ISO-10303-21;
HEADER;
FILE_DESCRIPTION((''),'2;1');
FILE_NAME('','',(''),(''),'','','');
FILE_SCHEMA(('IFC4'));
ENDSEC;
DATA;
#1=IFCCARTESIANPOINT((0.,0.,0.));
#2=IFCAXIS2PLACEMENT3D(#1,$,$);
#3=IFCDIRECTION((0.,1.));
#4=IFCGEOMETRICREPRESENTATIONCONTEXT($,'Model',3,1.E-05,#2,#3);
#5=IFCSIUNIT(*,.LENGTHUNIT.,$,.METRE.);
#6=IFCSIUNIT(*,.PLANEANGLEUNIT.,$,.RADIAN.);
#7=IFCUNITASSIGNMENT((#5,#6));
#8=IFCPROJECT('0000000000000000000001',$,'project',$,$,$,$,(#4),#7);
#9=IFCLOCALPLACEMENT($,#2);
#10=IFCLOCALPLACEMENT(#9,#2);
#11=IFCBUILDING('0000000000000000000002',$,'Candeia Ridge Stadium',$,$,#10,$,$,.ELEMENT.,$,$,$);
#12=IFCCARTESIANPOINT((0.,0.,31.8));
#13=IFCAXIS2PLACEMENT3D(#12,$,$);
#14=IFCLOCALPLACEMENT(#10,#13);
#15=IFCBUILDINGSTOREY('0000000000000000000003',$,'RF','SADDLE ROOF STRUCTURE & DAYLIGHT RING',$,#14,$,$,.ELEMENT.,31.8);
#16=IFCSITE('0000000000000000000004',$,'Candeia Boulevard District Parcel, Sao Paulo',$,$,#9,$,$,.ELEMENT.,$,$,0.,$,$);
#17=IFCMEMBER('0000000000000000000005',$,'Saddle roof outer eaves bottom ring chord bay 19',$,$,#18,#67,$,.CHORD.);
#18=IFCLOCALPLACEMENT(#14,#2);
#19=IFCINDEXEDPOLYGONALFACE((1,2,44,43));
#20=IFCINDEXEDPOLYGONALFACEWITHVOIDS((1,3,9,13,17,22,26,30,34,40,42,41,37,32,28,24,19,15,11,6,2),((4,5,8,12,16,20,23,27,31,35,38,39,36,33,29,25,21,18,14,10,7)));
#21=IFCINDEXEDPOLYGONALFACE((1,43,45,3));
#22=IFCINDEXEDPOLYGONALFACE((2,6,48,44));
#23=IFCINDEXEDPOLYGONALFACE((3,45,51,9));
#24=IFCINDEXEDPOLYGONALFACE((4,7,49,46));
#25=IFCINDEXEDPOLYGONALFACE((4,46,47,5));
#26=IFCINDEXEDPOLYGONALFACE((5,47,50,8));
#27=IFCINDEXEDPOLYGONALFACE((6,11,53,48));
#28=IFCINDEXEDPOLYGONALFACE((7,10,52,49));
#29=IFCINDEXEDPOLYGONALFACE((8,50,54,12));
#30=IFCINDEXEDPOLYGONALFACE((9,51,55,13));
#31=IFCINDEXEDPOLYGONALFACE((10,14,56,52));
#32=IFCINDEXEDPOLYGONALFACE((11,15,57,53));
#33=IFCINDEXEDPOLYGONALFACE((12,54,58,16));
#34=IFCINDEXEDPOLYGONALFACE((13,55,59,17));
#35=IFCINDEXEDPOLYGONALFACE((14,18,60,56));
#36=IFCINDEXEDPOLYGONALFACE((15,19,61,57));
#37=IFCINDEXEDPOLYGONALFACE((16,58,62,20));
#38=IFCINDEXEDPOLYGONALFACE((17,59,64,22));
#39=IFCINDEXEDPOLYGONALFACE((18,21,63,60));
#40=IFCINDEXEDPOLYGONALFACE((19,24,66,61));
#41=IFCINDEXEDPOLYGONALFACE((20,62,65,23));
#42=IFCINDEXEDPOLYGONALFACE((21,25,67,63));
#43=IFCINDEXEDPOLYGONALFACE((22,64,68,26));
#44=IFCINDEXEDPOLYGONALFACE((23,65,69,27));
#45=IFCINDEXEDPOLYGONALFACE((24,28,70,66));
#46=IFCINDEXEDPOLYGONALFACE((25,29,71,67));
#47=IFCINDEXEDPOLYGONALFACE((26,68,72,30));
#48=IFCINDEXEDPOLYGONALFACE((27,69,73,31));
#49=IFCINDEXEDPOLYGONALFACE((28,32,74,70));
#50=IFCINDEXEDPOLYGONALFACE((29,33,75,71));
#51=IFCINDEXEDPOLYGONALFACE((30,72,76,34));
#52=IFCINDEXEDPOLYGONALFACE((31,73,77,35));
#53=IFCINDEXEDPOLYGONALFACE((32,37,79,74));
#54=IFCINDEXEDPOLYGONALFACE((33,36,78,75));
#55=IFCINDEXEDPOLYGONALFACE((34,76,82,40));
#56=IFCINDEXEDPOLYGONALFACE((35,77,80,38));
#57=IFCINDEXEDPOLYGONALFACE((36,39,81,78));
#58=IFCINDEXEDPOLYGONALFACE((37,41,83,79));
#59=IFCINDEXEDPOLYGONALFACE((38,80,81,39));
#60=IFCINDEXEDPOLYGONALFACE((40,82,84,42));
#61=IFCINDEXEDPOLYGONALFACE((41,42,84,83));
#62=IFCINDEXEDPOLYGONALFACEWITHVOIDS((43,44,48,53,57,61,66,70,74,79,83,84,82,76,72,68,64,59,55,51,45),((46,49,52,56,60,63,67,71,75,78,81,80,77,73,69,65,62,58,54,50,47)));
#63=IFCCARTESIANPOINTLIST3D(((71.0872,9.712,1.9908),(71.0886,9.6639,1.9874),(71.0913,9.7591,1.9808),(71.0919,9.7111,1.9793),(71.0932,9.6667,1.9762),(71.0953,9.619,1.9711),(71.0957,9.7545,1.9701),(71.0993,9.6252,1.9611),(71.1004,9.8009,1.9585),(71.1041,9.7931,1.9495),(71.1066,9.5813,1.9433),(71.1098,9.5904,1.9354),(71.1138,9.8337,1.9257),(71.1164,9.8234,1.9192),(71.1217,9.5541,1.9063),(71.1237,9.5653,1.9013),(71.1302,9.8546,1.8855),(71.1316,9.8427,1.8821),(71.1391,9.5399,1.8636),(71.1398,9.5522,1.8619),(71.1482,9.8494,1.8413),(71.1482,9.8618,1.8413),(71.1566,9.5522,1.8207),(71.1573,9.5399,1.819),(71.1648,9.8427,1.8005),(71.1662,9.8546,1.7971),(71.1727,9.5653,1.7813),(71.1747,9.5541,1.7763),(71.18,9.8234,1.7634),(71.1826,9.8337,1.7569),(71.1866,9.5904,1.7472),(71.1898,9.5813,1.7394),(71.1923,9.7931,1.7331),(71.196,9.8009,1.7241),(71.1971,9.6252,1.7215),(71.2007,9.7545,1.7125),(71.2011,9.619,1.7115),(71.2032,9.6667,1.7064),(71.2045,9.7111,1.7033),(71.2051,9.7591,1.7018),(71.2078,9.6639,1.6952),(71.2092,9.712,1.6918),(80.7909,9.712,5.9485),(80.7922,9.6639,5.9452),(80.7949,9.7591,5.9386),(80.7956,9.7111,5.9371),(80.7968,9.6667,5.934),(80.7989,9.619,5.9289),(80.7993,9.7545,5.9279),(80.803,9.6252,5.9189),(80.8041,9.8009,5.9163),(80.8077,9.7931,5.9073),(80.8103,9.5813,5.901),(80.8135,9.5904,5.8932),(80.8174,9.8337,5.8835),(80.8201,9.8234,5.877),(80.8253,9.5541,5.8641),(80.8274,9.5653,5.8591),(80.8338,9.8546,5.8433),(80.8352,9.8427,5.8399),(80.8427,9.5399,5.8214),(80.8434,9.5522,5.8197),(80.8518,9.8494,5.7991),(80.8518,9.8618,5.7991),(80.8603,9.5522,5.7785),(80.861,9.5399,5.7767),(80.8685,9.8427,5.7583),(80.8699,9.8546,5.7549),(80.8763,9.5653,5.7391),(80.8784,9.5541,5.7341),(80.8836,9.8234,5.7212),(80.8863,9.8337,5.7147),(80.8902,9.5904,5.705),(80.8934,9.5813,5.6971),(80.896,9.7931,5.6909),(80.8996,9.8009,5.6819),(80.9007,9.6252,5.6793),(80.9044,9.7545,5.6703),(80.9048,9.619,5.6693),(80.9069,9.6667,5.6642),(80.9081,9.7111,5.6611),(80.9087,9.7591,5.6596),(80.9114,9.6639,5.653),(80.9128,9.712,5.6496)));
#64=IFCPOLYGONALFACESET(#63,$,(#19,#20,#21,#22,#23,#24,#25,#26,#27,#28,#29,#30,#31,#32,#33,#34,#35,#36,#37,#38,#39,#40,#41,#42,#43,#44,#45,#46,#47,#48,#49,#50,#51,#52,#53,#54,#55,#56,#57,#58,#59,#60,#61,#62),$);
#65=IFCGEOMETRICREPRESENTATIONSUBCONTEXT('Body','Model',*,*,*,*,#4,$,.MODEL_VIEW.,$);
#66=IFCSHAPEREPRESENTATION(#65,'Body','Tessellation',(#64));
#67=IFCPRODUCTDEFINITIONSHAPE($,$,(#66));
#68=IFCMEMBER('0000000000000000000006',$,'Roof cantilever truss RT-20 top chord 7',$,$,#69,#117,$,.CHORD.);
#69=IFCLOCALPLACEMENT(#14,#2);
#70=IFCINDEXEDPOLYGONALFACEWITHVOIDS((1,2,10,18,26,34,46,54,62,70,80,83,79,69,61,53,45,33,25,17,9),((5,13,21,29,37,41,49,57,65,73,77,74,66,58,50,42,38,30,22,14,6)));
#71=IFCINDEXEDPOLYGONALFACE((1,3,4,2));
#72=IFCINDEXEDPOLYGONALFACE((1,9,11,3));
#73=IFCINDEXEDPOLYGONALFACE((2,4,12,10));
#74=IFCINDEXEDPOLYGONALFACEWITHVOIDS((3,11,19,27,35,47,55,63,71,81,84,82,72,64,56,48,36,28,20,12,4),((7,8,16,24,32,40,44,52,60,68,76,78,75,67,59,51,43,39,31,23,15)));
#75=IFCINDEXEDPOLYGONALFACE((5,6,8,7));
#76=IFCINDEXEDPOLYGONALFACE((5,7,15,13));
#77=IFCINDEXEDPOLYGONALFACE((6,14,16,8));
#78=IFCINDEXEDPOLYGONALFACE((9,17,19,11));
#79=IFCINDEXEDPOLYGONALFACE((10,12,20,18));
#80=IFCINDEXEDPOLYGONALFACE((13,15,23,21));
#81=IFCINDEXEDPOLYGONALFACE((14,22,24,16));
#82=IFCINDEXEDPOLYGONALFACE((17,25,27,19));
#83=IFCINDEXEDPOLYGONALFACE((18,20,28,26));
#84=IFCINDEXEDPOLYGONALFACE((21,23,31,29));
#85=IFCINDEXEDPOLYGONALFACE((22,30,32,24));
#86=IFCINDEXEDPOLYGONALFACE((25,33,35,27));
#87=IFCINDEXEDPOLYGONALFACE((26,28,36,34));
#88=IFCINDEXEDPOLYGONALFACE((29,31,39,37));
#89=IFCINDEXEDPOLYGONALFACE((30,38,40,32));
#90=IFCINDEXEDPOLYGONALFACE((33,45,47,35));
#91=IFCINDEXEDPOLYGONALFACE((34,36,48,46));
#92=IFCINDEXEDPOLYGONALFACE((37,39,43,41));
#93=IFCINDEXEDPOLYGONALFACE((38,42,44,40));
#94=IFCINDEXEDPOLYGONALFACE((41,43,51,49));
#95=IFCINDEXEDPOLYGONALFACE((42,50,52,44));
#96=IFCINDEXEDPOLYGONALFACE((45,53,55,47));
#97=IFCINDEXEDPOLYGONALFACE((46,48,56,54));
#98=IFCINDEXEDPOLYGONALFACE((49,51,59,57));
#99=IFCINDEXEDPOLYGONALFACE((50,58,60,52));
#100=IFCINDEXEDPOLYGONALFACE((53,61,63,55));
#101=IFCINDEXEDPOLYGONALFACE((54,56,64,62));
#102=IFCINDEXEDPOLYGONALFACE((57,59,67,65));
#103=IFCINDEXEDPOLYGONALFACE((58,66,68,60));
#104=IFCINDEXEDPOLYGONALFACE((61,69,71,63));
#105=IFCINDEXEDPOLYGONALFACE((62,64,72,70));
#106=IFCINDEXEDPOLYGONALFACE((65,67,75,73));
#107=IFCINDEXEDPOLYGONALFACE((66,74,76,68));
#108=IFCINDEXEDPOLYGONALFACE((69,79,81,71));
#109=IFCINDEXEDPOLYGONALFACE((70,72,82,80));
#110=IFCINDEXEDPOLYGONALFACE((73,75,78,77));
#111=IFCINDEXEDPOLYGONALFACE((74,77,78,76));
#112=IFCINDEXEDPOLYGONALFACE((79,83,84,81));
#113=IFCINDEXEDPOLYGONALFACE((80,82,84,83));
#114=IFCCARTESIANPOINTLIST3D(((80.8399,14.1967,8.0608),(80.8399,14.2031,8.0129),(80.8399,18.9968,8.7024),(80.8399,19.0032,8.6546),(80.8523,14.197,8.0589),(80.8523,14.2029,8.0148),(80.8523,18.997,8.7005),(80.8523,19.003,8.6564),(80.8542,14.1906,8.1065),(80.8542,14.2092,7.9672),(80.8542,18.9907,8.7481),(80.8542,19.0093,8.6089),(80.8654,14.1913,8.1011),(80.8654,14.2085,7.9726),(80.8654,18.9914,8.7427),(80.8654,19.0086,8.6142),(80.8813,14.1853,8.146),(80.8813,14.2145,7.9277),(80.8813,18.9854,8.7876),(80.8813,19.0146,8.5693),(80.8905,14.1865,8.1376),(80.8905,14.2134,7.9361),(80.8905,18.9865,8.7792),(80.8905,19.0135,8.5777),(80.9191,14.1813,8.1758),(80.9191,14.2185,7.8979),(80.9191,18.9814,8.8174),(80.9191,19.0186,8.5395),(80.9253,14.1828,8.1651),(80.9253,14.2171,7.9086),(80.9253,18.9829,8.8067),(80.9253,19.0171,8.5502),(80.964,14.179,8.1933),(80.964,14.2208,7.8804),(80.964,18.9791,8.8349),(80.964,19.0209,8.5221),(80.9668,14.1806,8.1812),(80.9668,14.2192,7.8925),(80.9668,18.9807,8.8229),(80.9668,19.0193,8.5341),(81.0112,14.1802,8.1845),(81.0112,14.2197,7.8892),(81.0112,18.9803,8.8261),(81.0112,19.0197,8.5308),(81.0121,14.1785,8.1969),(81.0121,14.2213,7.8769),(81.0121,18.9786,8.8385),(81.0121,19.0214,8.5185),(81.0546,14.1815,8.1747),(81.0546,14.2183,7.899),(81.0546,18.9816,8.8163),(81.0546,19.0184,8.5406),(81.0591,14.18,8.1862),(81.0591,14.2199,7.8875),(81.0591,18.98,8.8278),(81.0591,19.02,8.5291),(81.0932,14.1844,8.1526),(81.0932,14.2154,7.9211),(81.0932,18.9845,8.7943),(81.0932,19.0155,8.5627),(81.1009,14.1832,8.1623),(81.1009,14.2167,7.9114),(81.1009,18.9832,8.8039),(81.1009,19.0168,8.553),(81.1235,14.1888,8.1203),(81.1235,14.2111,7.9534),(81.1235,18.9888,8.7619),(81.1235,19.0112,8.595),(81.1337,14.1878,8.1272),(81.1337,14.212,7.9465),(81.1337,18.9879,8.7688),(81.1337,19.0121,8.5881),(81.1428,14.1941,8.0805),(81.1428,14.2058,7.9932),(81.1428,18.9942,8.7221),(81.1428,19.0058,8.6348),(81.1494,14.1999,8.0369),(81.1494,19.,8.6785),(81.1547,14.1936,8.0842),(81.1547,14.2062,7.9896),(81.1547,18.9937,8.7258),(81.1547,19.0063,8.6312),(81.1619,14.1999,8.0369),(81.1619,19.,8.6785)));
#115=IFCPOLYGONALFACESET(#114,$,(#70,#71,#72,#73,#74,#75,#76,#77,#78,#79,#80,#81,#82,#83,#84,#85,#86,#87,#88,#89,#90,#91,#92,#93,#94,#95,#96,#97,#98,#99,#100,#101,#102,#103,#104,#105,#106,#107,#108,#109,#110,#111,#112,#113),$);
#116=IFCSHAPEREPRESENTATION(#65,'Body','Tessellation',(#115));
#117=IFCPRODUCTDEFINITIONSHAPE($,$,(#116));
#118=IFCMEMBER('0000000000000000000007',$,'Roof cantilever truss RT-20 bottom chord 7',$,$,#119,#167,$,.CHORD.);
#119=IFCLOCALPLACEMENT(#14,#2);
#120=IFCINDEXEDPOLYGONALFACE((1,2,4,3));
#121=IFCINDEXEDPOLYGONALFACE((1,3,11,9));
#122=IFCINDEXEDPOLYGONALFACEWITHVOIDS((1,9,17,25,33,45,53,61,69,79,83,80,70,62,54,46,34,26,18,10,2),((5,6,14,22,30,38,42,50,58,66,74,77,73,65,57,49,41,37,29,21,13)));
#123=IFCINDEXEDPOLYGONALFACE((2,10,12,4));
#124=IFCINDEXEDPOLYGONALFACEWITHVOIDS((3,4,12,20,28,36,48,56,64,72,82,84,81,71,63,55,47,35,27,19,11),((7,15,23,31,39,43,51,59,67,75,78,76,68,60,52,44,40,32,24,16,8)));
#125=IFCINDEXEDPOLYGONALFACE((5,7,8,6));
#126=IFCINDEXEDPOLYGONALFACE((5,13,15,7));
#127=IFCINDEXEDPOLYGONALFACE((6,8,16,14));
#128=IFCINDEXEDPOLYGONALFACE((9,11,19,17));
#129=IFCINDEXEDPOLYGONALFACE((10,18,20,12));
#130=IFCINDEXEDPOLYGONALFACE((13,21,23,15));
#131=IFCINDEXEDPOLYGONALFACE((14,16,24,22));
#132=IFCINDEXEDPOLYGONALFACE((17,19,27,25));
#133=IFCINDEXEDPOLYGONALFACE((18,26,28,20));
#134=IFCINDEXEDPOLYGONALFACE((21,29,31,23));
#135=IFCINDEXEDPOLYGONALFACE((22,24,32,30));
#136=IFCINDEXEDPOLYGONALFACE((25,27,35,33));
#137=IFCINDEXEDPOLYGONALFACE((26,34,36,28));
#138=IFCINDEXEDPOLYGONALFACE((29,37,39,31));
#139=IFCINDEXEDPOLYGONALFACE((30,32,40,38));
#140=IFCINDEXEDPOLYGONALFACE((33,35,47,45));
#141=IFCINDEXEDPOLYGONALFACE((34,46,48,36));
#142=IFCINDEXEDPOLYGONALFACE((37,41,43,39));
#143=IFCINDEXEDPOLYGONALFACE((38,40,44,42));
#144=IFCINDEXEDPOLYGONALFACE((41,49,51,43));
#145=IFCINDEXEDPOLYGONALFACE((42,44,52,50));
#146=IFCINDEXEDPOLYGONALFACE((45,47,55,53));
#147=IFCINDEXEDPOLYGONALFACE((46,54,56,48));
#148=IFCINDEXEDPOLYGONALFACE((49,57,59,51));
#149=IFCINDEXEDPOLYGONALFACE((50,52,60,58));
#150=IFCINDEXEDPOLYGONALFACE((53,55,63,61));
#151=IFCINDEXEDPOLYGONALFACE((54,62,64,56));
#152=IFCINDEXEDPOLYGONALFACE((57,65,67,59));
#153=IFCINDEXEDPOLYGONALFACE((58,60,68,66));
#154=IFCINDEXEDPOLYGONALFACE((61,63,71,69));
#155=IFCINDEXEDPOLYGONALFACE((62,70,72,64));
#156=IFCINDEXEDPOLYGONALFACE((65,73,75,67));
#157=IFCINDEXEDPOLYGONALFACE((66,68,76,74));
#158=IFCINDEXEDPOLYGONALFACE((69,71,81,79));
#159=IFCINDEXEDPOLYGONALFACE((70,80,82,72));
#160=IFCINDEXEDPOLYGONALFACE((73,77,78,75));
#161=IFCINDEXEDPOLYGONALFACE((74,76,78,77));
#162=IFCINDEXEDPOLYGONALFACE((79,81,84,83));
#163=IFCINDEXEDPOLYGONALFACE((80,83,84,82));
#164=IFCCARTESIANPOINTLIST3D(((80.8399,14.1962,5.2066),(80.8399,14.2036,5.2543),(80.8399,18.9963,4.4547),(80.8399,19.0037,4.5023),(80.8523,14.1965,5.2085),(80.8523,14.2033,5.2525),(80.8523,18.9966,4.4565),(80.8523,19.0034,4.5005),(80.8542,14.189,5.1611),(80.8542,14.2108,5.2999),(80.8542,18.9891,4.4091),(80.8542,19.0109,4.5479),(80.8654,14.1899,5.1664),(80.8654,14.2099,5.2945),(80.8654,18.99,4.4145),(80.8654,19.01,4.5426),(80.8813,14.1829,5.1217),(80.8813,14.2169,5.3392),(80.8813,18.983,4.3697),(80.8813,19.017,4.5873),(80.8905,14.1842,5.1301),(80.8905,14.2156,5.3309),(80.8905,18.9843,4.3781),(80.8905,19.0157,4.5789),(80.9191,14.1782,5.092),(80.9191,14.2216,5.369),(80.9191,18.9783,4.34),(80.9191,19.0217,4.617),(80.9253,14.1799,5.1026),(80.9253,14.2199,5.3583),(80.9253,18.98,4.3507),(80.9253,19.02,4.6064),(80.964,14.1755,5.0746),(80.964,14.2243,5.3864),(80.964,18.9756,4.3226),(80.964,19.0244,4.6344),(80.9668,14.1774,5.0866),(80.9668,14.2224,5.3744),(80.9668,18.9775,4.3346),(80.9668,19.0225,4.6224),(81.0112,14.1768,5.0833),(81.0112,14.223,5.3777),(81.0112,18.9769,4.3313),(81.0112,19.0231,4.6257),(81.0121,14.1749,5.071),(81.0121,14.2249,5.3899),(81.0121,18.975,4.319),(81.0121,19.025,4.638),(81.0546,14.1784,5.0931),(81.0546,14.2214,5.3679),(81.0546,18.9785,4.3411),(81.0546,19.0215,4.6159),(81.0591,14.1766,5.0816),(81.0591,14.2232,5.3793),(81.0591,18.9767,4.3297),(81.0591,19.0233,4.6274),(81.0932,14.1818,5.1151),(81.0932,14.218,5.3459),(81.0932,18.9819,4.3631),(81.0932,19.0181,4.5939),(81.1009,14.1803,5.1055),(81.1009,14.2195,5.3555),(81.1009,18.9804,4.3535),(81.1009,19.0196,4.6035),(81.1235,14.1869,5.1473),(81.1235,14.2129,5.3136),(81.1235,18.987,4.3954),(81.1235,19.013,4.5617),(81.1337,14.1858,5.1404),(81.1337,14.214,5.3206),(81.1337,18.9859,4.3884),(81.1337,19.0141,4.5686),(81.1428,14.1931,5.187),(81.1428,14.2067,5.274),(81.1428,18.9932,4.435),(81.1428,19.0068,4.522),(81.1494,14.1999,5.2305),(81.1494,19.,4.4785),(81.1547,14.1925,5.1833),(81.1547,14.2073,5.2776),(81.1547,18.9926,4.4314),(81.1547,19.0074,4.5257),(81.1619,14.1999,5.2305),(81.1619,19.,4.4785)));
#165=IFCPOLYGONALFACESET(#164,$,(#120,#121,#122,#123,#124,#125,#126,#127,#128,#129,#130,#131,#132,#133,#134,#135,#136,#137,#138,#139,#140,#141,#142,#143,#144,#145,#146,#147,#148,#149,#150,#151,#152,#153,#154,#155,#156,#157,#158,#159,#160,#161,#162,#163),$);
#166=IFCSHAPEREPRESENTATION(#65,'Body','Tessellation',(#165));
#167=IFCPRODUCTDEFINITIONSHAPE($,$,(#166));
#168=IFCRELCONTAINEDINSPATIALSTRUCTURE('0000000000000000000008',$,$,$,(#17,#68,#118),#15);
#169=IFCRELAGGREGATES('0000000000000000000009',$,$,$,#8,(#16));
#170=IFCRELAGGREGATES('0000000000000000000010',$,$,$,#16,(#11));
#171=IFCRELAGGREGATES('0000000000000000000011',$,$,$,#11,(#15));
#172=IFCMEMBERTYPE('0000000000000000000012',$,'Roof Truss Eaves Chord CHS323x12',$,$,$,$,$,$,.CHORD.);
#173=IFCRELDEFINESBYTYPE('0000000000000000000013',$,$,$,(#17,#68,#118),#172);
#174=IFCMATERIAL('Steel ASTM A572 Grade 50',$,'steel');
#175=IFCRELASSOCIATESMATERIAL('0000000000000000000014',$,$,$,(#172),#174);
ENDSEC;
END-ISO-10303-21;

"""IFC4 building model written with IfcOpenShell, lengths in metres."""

from ifc_helpers import new_model, si_unit, direction, frame, origin, origin_2d, place, context, subcontext, project, spatial, hollow_circle, extrude, material, material_profile, profile_set, type_object, element, save


model = new_model("IFC4")

# Units and contexts
model_context = context("Model", 3, precision=1e-05, world=origin(), true_north=direction((0.0, 1.0)))
body_context = subcontext(model_context, "Body", "Model", "MODEL_VIEW")
ifc_project = project(units=[si_unit("LENGTHUNIT", "METRE"), si_unit("PLANEANGLEUNIT", "RADIAN")], contexts=[model_context])

# Site, building, storey
site_placement = place(None, origin())
site = spatial("IfcSite", under=ifc_project, at=site_placement, Name="Candeia Boulevard District Parcel, Sao Paulo", CompositionType="ELEMENT", RefElevation=0.0)
building_placement = place(site_placement, origin())
building = spatial("IfcBuilding", under=site, at=building_placement, Name="Candeia Ridge Stadium", CompositionType="ELEMENT")
storey_placement = place(building_placement, frame((0.0, 0.0, 31.8)))
storey = spatial("IfcBuildingStorey", under=building, at=storey_placement, Name="RF", Description="SADDLE ROOF STRUCTURE & DAYLIGHT RING", CompositionType="ELEMENT", Elevation=31.8)

# Shared definitions
ifc_material_1 = material(Name="Steel ASTM A572 Grade 50", Category="steel")

# Members
ifc_material_profile_1 = material_profile(ifc_material_1, hollow_circle(Radius=0.1619, WallThickness=0.0125, at=origin_2d()), Name="CHS323x12", Category="steel")
ifc_profile_set_1 = profile_set([ifc_material_profile_1], Name="Steel ASTM A572 Grade 50")
member_type_1 = type_object("IfcMemberType", Name="Roof Truss Eaves Chord CHS323x12", PredefinedType="CHORD", material=ifc_profile_set_1)
for number, where, z_axis, x_axis, name in (
    (1, (71.1482, 9.7, 1.8413), (0.925944, 0.0, 0.37766), (0.0, 1.0, 0.0), "Saddle roof outer eaves bottom ring chord bay 19"),
):
    element("IfcMember", number, at=place(storey_placement, frame(where, z_axis=z_axis, x_axis=x_axis)), inside=storey, type_object=member_type_1, Name=name, PredefinedType="CHORD", context=body_context, shape_type="SweptSolid", body=[
        extrude(hollow_circle(Radius=0.1619, WallThickness=0.0125, at=origin_2d()), origin(), (0.0, 0.0, 1.0), 10.4797),
    ])
member_1_placement = place(storey_placement, frame((81.0, 19.0, 8.6785), z_axis=(0.0, -0.991185, -0.132487), x_axis=(1.0, 0.0, 0.0)))
element("IfcMember", 2, at=member_1_placement, inside=storey, type_object=member_type_1, Name="Roof cantilever truss RT-20 top chord 7", PredefinedType="CHORD", context=body_context, shape_type="SweptSolid", body=[
    extrude(hollow_circle(Radius=0.1619, WallThickness=0.0125, at=origin_2d()), origin(), (0.0, 0.0, 1.0), 4.8428),
])
member_2_placement = place(storey_placement, frame((81.0, 19.0, 4.4785), z_axis=(0.0, -0.987951, 0.154768), x_axis=(1.0, 0.0, 0.0)))
element("IfcMember", 3, at=member_2_placement, inside=storey, type_object=member_type_1, Name="Roof cantilever truss RT-20 bottom chord 7", PredefinedType="CHORD", context=body_context, shape_type="SweptSolid", body=[
    extrude(hollow_circle(Radius=0.1619, WallThickness=0.0125, at=origin_2d()), origin(), (0.0, 0.0, 1.0), 4.8586),
])

save(model, "model.ifc")
